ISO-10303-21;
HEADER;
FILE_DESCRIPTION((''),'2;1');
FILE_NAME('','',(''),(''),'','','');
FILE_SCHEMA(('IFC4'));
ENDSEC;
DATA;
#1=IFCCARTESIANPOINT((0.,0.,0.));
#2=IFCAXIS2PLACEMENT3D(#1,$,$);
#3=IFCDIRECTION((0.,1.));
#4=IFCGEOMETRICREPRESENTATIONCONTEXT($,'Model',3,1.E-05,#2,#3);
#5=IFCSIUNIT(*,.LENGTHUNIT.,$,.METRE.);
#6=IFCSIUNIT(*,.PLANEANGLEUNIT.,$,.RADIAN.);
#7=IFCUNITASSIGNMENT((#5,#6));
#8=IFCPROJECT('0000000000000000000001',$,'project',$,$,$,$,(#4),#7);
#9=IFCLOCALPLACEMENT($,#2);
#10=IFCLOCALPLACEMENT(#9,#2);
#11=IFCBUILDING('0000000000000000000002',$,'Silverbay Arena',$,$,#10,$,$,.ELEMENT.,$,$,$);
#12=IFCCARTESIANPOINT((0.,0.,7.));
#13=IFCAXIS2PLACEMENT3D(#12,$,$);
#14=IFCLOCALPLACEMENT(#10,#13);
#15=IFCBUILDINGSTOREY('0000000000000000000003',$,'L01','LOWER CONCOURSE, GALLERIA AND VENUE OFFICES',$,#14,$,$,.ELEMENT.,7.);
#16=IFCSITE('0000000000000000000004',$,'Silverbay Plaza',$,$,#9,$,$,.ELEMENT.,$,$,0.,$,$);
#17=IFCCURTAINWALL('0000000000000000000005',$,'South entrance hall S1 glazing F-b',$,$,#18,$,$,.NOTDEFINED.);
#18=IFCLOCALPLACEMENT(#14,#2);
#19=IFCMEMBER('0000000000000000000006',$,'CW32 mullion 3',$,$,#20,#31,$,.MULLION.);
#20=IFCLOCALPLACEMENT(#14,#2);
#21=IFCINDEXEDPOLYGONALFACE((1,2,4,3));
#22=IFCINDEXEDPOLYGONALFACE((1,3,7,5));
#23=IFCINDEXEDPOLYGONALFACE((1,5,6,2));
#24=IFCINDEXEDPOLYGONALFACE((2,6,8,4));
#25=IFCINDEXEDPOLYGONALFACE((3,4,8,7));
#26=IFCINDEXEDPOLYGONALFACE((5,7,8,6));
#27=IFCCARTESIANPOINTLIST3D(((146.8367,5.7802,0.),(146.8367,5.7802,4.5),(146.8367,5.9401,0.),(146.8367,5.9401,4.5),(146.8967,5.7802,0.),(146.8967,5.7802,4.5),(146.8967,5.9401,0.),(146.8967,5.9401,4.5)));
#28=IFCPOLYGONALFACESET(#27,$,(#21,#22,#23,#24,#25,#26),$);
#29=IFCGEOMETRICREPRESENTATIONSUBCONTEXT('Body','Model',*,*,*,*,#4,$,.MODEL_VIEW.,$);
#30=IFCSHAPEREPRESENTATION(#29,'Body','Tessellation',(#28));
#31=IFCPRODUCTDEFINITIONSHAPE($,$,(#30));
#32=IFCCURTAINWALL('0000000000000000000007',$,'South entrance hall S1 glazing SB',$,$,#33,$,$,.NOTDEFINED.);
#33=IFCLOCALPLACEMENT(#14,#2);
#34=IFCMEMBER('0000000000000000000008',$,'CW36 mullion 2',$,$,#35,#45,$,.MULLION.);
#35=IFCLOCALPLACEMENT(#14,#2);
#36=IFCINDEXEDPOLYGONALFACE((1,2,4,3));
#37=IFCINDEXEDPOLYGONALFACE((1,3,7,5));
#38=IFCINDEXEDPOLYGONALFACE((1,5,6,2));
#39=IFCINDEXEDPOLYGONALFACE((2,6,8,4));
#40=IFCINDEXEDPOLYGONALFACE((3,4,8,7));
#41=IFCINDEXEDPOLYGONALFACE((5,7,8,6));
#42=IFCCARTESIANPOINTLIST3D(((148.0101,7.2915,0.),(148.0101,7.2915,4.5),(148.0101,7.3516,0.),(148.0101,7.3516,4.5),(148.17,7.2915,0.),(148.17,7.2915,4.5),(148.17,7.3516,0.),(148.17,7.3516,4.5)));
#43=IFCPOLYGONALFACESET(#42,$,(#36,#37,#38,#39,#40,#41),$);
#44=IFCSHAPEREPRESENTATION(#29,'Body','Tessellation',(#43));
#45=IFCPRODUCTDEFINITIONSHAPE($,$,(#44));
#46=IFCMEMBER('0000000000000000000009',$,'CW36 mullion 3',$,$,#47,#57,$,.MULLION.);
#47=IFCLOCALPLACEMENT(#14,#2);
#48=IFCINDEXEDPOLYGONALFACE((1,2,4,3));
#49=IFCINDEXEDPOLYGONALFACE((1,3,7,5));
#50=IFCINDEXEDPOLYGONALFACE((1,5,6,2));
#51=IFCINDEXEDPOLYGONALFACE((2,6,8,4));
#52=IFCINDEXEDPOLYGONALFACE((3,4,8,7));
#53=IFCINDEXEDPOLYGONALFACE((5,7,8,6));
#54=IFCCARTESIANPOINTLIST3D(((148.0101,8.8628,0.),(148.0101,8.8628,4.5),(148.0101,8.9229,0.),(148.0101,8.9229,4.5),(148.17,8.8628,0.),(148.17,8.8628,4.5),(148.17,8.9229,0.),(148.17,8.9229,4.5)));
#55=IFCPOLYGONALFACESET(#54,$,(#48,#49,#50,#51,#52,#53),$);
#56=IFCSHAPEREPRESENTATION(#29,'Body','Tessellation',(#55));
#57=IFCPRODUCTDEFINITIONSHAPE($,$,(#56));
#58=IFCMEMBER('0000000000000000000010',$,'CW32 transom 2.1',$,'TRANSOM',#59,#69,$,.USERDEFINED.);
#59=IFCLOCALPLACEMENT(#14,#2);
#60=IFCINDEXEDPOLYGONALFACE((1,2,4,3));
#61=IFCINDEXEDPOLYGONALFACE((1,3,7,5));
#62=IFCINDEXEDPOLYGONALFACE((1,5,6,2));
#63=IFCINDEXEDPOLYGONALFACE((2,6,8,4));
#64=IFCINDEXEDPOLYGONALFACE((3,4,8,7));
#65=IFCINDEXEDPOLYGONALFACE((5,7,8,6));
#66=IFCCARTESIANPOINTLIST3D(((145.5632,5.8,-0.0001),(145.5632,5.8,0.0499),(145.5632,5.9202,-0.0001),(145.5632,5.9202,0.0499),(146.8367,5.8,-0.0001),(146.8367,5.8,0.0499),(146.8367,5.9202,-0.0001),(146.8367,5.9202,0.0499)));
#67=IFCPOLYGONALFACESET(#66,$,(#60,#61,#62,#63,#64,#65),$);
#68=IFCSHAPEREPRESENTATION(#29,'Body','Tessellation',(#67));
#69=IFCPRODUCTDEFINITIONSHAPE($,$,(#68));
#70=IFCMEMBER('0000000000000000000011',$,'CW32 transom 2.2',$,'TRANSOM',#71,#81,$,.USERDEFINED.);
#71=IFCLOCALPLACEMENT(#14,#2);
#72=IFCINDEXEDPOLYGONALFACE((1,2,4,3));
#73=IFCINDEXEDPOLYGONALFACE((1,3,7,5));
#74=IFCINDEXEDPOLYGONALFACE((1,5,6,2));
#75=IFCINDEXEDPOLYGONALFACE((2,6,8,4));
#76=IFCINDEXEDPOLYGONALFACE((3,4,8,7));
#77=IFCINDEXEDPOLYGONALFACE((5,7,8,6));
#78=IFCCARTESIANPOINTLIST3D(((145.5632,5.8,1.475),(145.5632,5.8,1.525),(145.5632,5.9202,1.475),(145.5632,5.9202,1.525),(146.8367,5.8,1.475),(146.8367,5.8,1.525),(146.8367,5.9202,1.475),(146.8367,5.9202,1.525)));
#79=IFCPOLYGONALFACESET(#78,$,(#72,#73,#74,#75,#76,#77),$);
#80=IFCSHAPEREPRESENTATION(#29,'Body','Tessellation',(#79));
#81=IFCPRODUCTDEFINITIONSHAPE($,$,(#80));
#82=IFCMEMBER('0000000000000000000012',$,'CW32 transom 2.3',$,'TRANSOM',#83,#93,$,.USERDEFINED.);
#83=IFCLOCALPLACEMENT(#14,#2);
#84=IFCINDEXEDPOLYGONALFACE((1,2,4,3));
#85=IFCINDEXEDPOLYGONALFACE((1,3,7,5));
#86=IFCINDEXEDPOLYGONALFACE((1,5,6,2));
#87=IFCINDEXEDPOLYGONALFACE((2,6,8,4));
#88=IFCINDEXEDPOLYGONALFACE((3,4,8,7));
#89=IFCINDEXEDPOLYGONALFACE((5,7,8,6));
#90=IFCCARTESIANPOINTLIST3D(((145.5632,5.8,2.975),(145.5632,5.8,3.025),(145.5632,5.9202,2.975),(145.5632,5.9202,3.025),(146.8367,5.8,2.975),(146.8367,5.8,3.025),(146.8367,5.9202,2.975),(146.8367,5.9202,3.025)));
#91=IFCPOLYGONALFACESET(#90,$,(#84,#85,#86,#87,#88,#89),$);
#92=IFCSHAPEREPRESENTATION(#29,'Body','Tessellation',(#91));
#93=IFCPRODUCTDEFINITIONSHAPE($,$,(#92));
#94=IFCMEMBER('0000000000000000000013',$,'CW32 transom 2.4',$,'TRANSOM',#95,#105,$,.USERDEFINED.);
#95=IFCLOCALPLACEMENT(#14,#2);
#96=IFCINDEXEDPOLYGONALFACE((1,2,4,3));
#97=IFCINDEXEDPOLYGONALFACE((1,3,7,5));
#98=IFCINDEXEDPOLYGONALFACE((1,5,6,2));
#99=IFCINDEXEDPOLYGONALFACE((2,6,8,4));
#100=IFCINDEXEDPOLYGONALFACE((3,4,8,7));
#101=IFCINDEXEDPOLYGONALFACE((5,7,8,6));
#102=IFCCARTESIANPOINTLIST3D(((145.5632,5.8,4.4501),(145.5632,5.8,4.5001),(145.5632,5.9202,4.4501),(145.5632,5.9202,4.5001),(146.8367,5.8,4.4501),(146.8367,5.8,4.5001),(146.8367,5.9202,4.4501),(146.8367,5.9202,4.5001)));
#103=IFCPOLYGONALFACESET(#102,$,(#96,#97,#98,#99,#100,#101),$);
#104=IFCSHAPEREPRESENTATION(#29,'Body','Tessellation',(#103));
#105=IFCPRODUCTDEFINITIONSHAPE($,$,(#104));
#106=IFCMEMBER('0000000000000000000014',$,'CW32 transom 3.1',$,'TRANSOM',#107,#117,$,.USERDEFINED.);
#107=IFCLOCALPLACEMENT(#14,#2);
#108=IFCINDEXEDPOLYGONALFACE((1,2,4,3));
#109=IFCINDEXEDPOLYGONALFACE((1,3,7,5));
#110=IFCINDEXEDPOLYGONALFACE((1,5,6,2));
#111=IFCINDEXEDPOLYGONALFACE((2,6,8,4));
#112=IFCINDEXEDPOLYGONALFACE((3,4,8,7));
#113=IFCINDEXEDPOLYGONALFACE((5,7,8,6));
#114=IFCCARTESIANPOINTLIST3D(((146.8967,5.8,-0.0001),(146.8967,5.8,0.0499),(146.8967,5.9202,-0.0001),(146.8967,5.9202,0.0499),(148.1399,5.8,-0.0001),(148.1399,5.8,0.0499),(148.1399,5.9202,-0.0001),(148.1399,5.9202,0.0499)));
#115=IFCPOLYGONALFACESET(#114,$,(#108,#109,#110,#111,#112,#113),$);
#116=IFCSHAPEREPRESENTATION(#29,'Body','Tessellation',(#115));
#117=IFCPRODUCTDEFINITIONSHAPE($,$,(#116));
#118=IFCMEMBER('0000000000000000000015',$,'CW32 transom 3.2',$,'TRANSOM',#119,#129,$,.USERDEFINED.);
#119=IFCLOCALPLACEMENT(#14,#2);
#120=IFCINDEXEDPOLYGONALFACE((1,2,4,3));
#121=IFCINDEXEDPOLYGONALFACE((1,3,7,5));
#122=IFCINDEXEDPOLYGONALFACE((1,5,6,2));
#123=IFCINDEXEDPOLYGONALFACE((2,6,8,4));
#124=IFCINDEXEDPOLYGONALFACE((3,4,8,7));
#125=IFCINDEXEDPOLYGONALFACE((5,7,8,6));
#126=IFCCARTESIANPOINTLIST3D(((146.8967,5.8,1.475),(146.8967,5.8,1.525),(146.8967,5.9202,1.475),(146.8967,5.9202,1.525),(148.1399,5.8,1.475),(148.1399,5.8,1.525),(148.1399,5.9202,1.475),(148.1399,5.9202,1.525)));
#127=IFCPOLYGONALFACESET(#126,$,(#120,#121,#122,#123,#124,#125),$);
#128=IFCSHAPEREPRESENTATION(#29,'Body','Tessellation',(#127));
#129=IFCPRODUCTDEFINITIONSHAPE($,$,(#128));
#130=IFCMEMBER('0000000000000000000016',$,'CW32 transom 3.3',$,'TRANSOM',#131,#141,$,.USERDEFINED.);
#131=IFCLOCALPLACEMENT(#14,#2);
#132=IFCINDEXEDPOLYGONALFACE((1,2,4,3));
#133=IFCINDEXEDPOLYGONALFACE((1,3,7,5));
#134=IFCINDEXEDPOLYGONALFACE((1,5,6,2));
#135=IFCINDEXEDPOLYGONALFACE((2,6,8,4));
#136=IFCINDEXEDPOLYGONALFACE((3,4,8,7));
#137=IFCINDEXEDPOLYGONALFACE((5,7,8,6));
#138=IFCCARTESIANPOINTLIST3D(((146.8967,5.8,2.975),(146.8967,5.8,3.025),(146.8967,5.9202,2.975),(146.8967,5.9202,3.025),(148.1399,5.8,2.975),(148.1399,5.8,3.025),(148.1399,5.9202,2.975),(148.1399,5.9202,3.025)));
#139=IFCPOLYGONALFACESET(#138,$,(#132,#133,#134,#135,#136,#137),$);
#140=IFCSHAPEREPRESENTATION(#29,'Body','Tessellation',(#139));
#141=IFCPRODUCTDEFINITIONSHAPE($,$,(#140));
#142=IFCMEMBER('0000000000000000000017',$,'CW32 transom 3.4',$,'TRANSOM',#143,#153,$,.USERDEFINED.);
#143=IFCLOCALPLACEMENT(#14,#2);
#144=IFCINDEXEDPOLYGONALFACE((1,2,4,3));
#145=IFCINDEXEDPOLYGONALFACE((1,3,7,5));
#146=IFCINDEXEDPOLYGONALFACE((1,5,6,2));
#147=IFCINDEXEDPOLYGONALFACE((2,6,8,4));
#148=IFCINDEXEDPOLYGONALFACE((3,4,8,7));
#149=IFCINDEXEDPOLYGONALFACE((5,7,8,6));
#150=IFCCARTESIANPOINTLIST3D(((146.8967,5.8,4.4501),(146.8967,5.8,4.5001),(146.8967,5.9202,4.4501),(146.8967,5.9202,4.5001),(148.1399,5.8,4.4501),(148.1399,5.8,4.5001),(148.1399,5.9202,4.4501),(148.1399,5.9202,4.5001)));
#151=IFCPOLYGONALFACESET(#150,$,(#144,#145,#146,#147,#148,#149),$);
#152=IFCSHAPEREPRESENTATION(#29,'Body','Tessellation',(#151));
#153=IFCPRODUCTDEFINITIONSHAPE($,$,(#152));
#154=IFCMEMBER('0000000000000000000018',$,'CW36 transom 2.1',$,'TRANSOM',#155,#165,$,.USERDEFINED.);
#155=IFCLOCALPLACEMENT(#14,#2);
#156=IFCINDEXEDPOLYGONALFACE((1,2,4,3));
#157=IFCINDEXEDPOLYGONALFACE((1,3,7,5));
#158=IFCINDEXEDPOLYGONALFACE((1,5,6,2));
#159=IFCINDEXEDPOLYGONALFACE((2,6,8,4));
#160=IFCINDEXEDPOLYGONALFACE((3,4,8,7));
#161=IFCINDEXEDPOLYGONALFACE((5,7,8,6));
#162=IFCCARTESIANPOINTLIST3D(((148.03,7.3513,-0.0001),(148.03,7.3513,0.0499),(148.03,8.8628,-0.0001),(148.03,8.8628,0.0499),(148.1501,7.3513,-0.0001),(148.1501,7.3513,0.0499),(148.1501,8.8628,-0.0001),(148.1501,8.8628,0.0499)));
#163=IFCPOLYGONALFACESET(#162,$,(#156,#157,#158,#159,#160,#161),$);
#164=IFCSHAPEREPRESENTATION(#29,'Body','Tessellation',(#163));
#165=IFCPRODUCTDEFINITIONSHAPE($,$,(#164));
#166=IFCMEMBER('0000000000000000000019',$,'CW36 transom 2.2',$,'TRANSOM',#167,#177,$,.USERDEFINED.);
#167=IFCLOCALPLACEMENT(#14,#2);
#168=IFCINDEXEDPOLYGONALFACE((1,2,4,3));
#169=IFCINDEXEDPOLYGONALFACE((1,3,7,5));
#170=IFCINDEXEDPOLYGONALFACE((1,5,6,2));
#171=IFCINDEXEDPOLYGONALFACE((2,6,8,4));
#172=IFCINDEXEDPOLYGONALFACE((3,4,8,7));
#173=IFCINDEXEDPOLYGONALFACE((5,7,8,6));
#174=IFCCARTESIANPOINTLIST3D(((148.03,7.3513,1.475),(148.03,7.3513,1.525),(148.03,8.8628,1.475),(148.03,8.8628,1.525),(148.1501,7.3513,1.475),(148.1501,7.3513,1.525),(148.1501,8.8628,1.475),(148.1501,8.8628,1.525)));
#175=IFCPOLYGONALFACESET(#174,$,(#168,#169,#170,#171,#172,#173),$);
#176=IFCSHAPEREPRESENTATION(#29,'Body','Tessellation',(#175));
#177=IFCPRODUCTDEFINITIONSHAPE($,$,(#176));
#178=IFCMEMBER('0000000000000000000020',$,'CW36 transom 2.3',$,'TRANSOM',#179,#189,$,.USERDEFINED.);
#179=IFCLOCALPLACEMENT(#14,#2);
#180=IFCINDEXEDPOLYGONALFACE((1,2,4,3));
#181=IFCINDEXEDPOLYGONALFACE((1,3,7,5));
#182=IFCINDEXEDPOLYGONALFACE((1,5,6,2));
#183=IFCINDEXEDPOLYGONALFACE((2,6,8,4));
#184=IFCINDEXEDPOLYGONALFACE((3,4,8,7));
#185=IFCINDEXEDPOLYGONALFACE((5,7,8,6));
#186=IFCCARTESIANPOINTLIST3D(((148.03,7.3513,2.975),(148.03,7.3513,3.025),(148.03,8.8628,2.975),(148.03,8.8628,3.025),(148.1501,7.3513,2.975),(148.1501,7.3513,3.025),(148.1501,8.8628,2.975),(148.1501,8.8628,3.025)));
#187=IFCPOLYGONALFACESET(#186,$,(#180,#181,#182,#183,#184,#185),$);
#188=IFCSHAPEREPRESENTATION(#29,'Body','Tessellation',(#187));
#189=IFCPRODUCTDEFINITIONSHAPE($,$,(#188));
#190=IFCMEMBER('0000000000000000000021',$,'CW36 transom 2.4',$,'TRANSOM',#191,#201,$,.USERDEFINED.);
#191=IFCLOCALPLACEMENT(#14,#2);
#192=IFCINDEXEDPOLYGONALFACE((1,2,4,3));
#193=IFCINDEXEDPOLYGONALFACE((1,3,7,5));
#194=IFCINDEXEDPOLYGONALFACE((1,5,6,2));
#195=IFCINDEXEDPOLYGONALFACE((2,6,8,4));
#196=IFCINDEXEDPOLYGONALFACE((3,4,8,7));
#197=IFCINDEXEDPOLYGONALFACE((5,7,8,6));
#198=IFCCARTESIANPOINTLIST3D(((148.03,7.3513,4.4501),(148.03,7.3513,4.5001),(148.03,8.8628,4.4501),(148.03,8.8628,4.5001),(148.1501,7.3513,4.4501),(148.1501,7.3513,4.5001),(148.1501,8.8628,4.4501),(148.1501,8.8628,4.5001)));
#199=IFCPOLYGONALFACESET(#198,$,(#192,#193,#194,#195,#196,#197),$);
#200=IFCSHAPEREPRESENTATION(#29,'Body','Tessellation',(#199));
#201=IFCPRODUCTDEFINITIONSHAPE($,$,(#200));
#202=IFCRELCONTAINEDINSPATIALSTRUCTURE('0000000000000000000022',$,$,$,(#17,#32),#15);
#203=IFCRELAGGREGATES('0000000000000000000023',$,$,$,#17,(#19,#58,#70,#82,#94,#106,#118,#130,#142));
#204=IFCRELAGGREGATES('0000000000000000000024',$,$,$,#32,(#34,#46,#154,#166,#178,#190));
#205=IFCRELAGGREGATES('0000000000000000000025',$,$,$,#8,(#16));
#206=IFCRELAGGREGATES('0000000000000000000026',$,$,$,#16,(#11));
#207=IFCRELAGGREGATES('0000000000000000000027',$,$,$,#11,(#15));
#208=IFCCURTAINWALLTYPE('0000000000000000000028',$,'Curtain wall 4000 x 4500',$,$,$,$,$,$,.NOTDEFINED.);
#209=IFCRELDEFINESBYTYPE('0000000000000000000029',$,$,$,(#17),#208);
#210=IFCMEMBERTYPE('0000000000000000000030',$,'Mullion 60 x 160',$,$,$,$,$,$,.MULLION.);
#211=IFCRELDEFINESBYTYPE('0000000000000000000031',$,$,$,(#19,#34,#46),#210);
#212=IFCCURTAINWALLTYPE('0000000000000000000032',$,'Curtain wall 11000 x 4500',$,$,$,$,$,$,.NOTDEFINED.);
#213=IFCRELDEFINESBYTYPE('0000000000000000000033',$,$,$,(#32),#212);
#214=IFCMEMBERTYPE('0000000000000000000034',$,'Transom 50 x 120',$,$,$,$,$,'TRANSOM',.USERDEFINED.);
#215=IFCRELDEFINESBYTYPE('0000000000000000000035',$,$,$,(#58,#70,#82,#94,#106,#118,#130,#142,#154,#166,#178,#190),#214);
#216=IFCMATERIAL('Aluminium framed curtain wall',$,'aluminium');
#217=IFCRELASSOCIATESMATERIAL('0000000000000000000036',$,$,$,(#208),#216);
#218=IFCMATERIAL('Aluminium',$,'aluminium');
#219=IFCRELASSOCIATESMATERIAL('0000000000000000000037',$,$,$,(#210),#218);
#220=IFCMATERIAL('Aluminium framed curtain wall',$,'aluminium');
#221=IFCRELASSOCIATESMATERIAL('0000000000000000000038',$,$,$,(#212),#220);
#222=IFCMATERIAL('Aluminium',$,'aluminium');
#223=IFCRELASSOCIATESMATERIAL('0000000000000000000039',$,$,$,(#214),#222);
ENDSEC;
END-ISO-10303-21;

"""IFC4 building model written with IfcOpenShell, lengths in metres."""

from ifc_helpers import new_model, si_unit, direction, frame, origin, origin_2d, place, context, subcontext, project, spatial, rectangle, extrude, material, material_profile, profile_set, type_object, element, aggregate, save


model = new_model("IFC4")

# Units and contexts
model_context = context("Model", 3, precision=1e-05, world=origin(), true_north=direction((0.0, 1.0)))
body_context = subcontext(model_context, "Body", "Model", "MODEL_VIEW")
ifc_project = project(units=[si_unit("LENGTHUNIT", "METRE"), si_unit("PLANEANGLEUNIT", "RADIAN")], contexts=[model_context])

# Site, building, storey
site_placement = place(None, origin())
site = spatial("IfcSite", under=ifc_project, at=site_placement, Name="Silverbay Plaza", CompositionType="ELEMENT", RefElevation=0.0)
building_placement = place(site_placement, origin())
building = spatial("IfcBuilding", under=site, at=building_placement, Name="Silverbay Arena", CompositionType="ELEMENT")
storey_placement = place(building_placement, frame((0.0, 0.0, 7.0)))
storey = spatial("IfcBuildingStorey", under=building, at=storey_placement, Name="L01", Description="LOWER CONCOURSE, GALLERIA AND VENUE OFFICES", CompositionType="ELEMENT", Elevation=7.0)

# Curtain wall, member
ifc_material_1 = material(Name="Aluminium framed curtain wall", Category="aluminium")
curtain_wall_type_1 = type_object("IfcCurtainWallType", Name="Curtain wall 4000 x 4500", PredefinedType="NOTDEFINED", material=ifc_material_1)
curtain_wall_1_placement = place(storey_placement, origin())
curtain_wall_1 = element("IfcCurtainWall", 1, at=curtain_wall_1_placement, inside=storey, type_object=curtain_wall_type_1, Name="South entrance hall S1 glazing F-b", PredefinedType="NOTDEFINED")
ifc_material_2 = material(Name="Aluminium", Category="aluminium")
ifc_material_profile_1 = material_profile(ifc_material_2, rectangle(XDim=0.1599, YDim=0.0601, at=origin_2d()), Name="Mullion 60 x 160")
ifc_profile_set_1 = profile_set([ifc_material_profile_1], Name="Aluminium")
member_type_1 = type_object("IfcMemberType", Name="Mullion 60 x 160", PredefinedType="MULLION", material=ifc_profile_set_1)
member_1_placement = place(storey_placement, frame((146.8667, 5.8601, 0.0), z_axis=(0.0, 0.0, 1.0), x_axis=(0.0, 1.0, 0.0)))
member_1 = element("IfcMember", 2, at=member_1_placement, type_object=member_type_1, Name="CW32 mullion 3", PredefinedType="MULLION", context=body_context, shape_type="SweptSolid", body=[
    extrude(rectangle(XDim=0.1599, YDim=0.0601, at=origin_2d()), origin(), (0.0, 0.0, 1.0), 4.5),
])

# Curtain wall, members
ifc_material_3 = material(Name="Aluminium framed curtain wall", Category="aluminium")
curtain_wall_type_2 = type_object("IfcCurtainWallType", Name="Curtain wall 11000 x 4500", PredefinedType="NOTDEFINED", material=ifc_material_3)
curtain_wall_2_placement = place(storey_placement, origin())
curtain_wall_2 = element("IfcCurtainWall", 3, at=curtain_wall_2_placement, inside=storey, type_object=curtain_wall_type_2, Name="South entrance hall S1 glazing SB", PredefinedType="NOTDEFINED")
member_2_placement = place(storey_placement, frame((148.0901, 7.3215, 0.0), z_axis=(0.0, 0.0, 1.0), x_axis=(-1.0, 0.0, 0.0)))
member_2 = element("IfcMember", 4, at=member_2_placement, type_object=member_type_1, Name="CW36 mullion 2", PredefinedType="MULLION", context=body_context, shape_type="SweptSolid", body=[
    extrude(rectangle(XDim=0.1599, YDim=0.0601, at=origin_2d()), origin(), (0.0, 0.0, 1.0), 4.5),
])
member_3_placement = place(storey_placement, frame((148.0901, 8.8928, 0.0), z_axis=(0.0, 0.0, 1.0), x_axis=(-1.0, 0.0, 0.0)))
member_3 = element("IfcMember", 5, at=member_3_placement, type_object=member_type_1, Name="CW36 mullion 3", PredefinedType="MULLION", context=body_context, shape_type="SweptSolid", body=[
    extrude(rectangle(XDim=0.1599, YDim=0.0601, at=origin_2d()), origin(), (0.0, 0.0, 1.0), 4.5),
])

# Members
ifc_material_4 = material(Name="Aluminium", Category="aluminium")
ifc_material_profile_2 = material_profile(ifc_material_4, rectangle(XDim=0.1201, YDim=0.05, at=origin_2d()), Name="Transom 50 x 120")
ifc_profile_set_2 = profile_set([ifc_material_profile_2], Name="Aluminium")
member_type_2 = type_object("IfcMemberType", Name="Transom 50 x 120", ElementType="TRANSOM", PredefinedType="USERDEFINED", material=ifc_profile_set_2)
member_4_placement = place(storey_placement, frame((145.5632, 5.8601, 0.0249), z_axis=(1.0, 0.0, 0.0), x_axis=(0.0, 1.0, 0.0)))
member_4 = element("IfcMember", 6, at=member_4_placement, type_object=member_type_2, Name="CW32 transom 2.1", ObjectType="TRANSOM", PredefinedType="USERDEFINED", context=body_context, shape_type="SweptSolid", body=[
    extrude(rectangle(XDim=0.1201, YDim=0.05, at=origin_2d()), origin(), (0.0, 0.0, 1.0), 1.2734),
])
member_5_placement = place(storey_placement, frame((145.5632, 5.8601, 1.5), z_axis=(1.0, 0.0, 0.0), x_axis=(0.0, 1.0, 0.0)))
member_5 = element("IfcMember", 7, at=member_5_placement, type_object=member_type_2, Name="CW32 transom 2.2", ObjectType="TRANSOM", PredefinedType="USERDEFINED", context=body_context, shape_type="SweptSolid", body=[
    extrude(rectangle(XDim=0.1201, YDim=0.05, at=origin_2d()), origin(), (0.0, 0.0, 1.0), 1.2734),
])
member_6_placement = place(storey_placement, frame((145.5632, 5.8601, 3.0), z_axis=(1.0, 0.0, 0.0), x_axis=(0.0, 1.0, 0.0)))
member_6 = element("IfcMember", 8, at=member_6_placement, type_object=member_type_2, Name="CW32 transom 2.3", ObjectType="TRANSOM", PredefinedType="USERDEFINED", context=body_context, shape_type="SweptSolid", body=[
    extrude(rectangle(XDim=0.1201, YDim=0.05, at=origin_2d()), origin(), (0.0, 0.0, 1.0), 1.2734),
])
member_7_placement = place(storey_placement, frame((145.5632, 5.8601, 4.4751), z_axis=(1.0, 0.0, 0.0), x_axis=(0.0, 1.0, 0.0)))
member_7 = element("IfcMember", 9, at=member_7_placement, type_object=member_type_2, Name="CW32 transom 2.4", ObjectType="TRANSOM", PredefinedType="USERDEFINED", context=body_context, shape_type="SweptSolid", body=[
    extrude(rectangle(XDim=0.1201, YDim=0.05, at=origin_2d()), origin(), (0.0, 0.0, 1.0), 1.2734),
])
member_8_placement = place(storey_placement, frame((146.8967, 5.8601, 0.0249), z_axis=(1.0, 0.0, 0.0), x_axis=(0.0, 1.0, 0.0)))
member_8 = element("IfcMember", 10, at=member_8_placement, type_object=member_type_2, Name="CW32 transom 3.1", ObjectType="TRANSOM", PredefinedType="USERDEFINED", context=body_context, shape_type="SweptSolid", body=[
    extrude(rectangle(XDim=0.1201, YDim=0.05, at=origin_2d()), origin(), (0.0, 0.0, 1.0), 1.2432),
])
member_9_placement = place(storey_placement, frame((146.8967, 5.8601, 1.5), z_axis=(1.0, 0.0, 0.0), x_axis=(0.0, 1.0, 0.0)))
member_9 = element("IfcMember", 11, at=member_9_placement, type_object=member_type_2, Name="CW32 transom 3.2", ObjectType="TRANSOM", PredefinedType="USERDEFINED", context=body_context, shape_type="SweptSolid", body=[
    extrude(rectangle(XDim=0.1201, YDim=0.05, at=origin_2d()), origin(), (0.0, 0.0, 1.0), 1.2432),
])
member_10_placement = place(storey_placement, frame((146.8967, 5.8601, 3.0), z_axis=(1.0, 0.0, 0.0), x_axis=(0.0, 1.0, 0.0)))
member_10 = element("IfcMember", 12, at=member_10_placement, type_object=member_type_2, Name="CW32 transom 3.3", ObjectType="TRANSOM", PredefinedType="USERDEFINED", context=body_context, shape_type="SweptSolid", body=[
    extrude(rectangle(XDim=0.1201, YDim=0.05, at=origin_2d()), origin(), (0.0, 0.0, 1.0), 1.2432),
])
member_11_placement = place(storey_placement, frame((146.8967, 5.8601, 4.4751), z_axis=(1.0, 0.0, 0.0), x_axis=(0.0, 1.0, 0.0)))
member_11 = element("IfcMember", 13, at=member_11_placement, type_object=member_type_2, Name="CW32 transom 3.4", ObjectType="TRANSOM", PredefinedType="USERDEFINED", context=body_context, shape_type="SweptSolid", body=[
    extrude(rectangle(XDim=0.1201, YDim=0.05, at=origin_2d()), origin(), (0.0, 0.0, 1.0), 1.2432),
])
member_12_placement = place(storey_placement, frame((148.0901, 7.3513, 0.0249), z_axis=(0.0, 1.0, 0.0), x_axis=(-1.0, 0.0, 0.0)))
member_12 = element("IfcMember", 14, at=member_12_placement, type_object=member_type_2, Name="CW36 transom 2.1", ObjectType="TRANSOM", PredefinedType="USERDEFINED", context=body_context, shape_type="SweptSolid", body=[
    extrude(rectangle(XDim=0.1201, YDim=0.05, at=origin_2d()), origin(), (0.0, 0.0, 1.0), 1.5115),
])
member_13_placement = place(storey_placement, frame((148.0901, 7.3513, 1.5), z_axis=(0.0, 1.0, 0.0), x_axis=(-1.0, 0.0, 0.0)))
member_13 = element("IfcMember", 15, at=member_13_placement, type_object=member_type_2, Name="CW36 transom 2.2", ObjectType="TRANSOM", PredefinedType="USERDEFINED", context=body_context, shape_type="SweptSolid", body=[
    extrude(rectangle(XDim=0.1201, YDim=0.05, at=origin_2d()), origin(), (0.0, 0.0, 1.0), 1.5115),
])
member_14_placement = place(storey_placement, frame((148.0901, 7.3513, 3.0), z_axis=(0.0, 1.0, 0.0), x_axis=(-1.0, 0.0, 0.0)))
member_14 = element("IfcMember", 16, at=member_14_placement, type_object=member_type_2, Name="CW36 transom 2.3", ObjectType="TRANSOM", PredefinedType="USERDEFINED", context=body_context, shape_type="SweptSolid", body=[
    extrude(rectangle(XDim=0.1201, YDim=0.05, at=origin_2d()), origin(), (0.0, 0.0, 1.0), 1.5115),
])
member_15_placement = place(storey_placement, frame((148.0901, 7.3513, 4.4751), z_axis=(0.0, 1.0, 0.0), x_axis=(-1.0, 0.0, 0.0)))
member_15 = element("IfcMember", 17, at=member_15_placement, type_object=member_type_2, Name="CW36 transom 2.4", ObjectType="TRANSOM", PredefinedType="USERDEFINED", context=body_context, shape_type="SweptSolid", body=[
    extrude(rectangle(XDim=0.1201, YDim=0.05, at=origin_2d()), origin(), (0.0, 0.0, 1.0), 1.5115),
])

aggregate(curtain_wall_1, [member_1, member_4, member_5, member_6, member_7, member_8, member_9, member_10, member_11])
aggregate(curtain_wall_2, [member_2, member_3, member_12, member_13, member_14, member_15])

save(model, "model.ifc")
